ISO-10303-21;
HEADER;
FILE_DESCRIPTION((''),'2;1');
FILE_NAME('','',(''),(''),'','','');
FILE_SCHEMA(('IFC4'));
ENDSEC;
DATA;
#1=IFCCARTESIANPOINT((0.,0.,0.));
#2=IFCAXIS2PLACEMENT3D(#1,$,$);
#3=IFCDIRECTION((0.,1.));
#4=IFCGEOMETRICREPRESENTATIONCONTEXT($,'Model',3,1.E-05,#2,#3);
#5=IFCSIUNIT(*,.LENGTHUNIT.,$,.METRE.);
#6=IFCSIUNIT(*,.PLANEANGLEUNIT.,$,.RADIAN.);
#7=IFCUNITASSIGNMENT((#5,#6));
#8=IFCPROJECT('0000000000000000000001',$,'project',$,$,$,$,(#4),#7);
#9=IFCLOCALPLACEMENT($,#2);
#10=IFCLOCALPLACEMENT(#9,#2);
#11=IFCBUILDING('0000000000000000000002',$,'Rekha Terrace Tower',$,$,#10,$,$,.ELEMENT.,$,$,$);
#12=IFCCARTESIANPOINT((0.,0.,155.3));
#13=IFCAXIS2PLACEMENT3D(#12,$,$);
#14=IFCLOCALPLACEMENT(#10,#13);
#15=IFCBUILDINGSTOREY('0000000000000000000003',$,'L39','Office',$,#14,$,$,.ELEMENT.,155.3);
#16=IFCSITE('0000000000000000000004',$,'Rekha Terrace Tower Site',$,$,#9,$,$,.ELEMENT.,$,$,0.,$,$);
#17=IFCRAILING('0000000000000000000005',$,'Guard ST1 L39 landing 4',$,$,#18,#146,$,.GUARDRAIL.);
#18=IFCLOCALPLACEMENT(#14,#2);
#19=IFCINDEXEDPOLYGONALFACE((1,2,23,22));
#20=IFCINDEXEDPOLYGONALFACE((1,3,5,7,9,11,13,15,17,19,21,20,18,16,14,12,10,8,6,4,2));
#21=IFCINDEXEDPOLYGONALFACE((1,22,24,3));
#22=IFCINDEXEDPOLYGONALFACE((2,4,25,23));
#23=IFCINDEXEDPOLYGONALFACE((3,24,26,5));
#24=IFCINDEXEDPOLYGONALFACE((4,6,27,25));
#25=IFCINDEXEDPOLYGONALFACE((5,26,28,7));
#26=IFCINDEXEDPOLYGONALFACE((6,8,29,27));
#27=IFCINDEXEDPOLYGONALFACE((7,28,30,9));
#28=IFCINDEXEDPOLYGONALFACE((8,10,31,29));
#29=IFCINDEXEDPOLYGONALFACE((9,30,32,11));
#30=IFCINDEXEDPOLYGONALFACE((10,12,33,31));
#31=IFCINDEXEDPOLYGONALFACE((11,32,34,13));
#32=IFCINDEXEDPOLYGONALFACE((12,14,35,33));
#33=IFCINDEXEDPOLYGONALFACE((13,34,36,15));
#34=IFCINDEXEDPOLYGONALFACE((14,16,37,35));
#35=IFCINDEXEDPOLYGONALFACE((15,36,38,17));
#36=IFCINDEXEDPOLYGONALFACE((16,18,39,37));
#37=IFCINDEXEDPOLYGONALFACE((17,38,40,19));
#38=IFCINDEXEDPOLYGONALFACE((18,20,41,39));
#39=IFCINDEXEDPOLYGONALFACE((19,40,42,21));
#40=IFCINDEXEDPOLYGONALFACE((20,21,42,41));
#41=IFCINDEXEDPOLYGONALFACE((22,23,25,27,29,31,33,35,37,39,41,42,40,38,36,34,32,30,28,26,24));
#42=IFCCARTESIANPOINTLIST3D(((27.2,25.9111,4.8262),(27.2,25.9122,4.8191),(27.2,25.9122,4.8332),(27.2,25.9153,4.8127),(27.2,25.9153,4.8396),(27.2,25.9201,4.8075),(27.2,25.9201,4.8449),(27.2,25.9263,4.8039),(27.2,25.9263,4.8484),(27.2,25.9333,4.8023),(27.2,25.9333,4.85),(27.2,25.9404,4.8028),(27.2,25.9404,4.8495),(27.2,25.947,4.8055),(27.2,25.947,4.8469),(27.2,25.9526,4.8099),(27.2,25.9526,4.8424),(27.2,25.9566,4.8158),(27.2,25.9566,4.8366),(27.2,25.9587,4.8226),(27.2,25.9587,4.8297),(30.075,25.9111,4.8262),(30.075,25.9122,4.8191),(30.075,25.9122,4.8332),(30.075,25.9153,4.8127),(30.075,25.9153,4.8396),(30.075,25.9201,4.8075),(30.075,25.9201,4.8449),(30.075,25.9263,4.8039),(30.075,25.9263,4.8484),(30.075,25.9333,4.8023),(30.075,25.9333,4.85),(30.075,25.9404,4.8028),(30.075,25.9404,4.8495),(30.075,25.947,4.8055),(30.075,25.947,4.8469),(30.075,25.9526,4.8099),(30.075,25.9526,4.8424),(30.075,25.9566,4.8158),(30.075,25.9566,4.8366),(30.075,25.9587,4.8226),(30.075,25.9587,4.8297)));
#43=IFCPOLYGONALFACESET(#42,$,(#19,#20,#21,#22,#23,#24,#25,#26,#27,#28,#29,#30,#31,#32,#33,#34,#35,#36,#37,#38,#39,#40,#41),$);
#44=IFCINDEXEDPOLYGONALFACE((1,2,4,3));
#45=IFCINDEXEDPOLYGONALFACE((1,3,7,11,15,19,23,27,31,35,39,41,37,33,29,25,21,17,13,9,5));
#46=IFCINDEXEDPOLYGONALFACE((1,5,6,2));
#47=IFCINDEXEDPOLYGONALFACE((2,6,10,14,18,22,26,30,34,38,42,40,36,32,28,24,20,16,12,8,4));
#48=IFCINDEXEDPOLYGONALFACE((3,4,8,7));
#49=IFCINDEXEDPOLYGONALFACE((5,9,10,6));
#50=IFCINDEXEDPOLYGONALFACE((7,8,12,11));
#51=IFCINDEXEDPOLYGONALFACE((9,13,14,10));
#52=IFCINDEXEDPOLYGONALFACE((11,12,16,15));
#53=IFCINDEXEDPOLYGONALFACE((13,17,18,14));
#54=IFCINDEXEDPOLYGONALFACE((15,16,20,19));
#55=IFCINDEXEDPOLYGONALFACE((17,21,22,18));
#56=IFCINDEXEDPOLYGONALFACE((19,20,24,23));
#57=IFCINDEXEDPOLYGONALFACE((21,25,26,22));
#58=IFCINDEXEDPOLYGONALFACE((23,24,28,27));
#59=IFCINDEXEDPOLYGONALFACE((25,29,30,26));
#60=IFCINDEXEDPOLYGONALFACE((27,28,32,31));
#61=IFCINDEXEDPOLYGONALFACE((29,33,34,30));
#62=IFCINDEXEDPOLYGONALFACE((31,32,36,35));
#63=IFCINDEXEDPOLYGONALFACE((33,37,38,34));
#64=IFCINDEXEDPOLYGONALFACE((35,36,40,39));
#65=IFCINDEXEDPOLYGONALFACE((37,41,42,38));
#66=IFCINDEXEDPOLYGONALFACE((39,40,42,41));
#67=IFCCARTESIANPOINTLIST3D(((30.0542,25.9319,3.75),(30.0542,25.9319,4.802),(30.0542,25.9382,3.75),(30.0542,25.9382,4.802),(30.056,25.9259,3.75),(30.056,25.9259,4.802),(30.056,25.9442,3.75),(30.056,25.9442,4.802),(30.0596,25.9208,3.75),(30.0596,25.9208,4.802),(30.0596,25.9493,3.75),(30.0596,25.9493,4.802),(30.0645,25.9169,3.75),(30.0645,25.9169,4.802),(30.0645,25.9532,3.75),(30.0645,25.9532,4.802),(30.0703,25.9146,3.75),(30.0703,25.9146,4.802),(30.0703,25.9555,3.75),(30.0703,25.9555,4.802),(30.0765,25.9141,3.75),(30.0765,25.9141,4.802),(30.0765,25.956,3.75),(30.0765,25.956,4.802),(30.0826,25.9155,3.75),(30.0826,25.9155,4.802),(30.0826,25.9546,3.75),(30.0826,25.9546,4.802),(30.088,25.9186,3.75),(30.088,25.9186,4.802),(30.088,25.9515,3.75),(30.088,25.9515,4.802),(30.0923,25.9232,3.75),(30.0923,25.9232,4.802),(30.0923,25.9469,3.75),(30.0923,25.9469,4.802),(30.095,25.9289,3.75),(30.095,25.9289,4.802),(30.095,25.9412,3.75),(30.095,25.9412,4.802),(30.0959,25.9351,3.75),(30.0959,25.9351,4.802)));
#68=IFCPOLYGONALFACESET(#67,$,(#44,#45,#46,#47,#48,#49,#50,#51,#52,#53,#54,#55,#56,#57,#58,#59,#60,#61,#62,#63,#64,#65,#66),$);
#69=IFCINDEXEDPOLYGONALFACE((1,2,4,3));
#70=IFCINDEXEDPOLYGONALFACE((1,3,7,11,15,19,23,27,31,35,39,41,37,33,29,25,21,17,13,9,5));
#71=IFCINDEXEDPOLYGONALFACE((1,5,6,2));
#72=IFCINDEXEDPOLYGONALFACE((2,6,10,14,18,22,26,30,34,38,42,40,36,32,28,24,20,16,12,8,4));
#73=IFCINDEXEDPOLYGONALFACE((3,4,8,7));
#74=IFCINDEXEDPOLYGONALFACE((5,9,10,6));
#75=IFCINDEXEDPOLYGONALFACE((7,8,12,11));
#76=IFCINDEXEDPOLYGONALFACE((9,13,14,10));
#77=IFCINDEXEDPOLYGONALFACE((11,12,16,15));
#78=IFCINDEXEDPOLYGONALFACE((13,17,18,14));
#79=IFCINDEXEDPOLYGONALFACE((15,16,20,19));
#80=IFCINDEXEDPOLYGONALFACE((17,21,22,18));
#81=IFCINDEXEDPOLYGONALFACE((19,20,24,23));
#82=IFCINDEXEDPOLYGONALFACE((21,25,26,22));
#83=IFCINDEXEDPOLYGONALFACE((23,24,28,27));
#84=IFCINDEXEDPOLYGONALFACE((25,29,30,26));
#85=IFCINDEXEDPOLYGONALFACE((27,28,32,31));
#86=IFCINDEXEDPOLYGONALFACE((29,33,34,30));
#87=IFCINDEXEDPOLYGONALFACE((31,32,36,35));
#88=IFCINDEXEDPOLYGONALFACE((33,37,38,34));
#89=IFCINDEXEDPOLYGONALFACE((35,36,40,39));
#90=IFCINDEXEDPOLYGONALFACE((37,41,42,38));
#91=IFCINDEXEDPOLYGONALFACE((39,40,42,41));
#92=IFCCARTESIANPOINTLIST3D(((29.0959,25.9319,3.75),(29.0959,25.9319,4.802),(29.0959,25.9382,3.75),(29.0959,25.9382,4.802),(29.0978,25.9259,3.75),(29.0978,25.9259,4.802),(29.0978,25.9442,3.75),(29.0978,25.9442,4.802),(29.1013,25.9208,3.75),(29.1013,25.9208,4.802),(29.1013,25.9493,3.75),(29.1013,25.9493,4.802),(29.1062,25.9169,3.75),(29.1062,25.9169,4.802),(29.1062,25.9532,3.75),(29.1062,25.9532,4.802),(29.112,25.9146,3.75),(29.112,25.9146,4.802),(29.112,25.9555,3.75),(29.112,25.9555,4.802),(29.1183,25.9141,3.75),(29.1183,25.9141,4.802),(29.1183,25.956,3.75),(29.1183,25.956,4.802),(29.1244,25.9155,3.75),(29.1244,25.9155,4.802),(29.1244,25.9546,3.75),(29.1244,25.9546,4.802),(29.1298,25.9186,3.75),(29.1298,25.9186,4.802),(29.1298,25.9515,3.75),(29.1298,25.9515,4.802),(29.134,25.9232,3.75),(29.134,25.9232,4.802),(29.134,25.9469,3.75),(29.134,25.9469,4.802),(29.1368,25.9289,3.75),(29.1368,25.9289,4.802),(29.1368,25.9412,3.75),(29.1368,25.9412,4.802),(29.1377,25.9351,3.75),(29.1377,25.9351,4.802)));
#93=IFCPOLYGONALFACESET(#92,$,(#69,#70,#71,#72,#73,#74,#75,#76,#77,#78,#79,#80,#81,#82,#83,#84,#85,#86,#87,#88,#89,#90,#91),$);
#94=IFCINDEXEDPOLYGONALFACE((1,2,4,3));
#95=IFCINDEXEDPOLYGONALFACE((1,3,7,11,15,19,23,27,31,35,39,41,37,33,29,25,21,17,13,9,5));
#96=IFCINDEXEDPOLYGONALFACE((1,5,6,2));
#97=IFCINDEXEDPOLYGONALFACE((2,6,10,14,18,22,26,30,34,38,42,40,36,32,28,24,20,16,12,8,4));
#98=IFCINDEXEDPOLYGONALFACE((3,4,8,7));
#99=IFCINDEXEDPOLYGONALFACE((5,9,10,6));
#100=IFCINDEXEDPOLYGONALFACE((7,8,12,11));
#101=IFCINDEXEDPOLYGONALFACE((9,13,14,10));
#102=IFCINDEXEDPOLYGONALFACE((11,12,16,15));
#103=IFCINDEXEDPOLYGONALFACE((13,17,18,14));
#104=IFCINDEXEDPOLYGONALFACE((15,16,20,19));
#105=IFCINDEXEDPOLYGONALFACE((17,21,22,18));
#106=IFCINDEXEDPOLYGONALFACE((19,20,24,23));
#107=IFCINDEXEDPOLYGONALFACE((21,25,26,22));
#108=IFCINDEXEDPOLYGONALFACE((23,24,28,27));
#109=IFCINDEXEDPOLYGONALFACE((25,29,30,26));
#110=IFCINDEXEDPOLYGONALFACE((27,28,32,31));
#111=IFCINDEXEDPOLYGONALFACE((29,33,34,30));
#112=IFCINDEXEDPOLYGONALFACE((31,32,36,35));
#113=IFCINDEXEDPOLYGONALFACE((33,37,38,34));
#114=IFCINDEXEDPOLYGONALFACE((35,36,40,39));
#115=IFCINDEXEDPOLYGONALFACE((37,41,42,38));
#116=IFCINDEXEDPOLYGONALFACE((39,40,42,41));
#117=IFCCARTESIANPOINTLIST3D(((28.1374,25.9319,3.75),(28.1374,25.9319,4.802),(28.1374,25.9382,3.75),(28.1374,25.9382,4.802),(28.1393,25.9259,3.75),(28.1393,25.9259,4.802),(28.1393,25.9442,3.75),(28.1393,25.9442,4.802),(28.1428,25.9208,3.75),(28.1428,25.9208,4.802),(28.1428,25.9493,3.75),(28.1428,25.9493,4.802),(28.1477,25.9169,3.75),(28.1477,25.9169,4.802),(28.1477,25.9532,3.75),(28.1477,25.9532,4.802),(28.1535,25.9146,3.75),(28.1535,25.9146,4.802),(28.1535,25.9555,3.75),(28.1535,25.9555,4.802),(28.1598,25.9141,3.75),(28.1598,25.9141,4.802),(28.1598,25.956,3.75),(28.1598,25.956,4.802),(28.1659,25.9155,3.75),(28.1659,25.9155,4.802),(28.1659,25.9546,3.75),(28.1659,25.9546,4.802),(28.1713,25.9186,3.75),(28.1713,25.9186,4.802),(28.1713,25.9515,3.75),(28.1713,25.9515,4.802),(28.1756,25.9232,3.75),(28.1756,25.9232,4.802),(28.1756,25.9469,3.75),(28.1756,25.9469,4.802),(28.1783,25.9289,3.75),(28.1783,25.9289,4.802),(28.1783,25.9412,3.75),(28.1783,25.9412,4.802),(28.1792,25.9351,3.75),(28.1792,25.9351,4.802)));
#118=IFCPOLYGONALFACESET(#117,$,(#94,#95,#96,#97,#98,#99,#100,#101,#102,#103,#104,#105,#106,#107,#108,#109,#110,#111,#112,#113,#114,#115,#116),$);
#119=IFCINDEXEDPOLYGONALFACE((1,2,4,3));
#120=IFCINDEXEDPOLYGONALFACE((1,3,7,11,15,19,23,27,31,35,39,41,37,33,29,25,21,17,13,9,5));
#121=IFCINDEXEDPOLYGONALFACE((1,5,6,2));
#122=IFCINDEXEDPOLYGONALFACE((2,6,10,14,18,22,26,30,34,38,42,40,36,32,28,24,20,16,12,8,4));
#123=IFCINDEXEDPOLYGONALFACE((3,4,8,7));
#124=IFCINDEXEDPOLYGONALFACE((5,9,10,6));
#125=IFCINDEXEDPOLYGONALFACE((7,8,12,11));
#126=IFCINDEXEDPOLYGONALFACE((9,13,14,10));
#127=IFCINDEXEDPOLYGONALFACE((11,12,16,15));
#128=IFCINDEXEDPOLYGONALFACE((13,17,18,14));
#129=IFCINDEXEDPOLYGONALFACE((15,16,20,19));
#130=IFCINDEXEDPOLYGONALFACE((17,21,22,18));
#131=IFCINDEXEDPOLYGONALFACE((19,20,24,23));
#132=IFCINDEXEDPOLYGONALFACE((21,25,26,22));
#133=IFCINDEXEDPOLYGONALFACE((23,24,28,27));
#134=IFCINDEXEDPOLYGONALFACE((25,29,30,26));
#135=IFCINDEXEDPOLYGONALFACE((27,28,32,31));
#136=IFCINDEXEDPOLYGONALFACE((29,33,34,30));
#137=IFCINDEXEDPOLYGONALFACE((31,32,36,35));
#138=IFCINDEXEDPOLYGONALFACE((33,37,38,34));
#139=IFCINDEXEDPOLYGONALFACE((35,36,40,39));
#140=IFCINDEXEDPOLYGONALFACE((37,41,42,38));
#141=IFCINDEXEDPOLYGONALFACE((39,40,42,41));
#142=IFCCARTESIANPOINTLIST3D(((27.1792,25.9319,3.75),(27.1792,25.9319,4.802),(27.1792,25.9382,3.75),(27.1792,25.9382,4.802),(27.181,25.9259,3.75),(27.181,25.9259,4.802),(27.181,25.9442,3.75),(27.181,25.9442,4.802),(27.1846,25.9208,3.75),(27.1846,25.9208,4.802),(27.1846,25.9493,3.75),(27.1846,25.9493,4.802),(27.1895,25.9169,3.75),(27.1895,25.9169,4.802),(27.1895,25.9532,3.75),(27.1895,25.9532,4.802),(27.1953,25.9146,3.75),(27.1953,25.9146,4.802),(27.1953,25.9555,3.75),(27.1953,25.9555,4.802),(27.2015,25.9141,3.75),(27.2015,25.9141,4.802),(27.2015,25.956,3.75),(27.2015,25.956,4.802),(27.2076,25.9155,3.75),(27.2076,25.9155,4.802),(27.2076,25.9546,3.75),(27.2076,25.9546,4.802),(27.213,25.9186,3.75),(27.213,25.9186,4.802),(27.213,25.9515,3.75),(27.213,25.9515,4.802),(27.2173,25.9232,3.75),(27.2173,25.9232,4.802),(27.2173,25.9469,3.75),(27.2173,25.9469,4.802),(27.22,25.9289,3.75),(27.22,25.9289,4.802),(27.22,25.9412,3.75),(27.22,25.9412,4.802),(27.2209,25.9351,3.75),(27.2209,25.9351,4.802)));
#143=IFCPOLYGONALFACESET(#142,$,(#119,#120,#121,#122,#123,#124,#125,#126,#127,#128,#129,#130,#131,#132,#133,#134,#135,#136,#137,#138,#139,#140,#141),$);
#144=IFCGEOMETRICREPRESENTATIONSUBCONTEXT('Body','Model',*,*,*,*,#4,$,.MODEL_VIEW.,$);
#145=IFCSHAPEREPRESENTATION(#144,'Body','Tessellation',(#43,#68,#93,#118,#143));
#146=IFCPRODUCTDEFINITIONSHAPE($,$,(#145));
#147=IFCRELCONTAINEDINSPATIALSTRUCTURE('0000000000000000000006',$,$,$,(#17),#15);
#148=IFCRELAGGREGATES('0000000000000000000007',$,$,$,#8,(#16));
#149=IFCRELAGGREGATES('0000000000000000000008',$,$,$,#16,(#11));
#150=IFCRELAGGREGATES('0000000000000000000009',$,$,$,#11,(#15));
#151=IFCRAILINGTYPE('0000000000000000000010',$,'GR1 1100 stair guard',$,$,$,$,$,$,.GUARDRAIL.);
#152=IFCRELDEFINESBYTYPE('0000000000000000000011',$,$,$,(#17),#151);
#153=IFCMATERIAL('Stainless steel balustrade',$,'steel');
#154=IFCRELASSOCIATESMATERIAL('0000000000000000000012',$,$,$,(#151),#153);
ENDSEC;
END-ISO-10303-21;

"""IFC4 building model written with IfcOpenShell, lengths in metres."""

from ifc_helpers import new_model, si_unit, direction, frame, origin, origin_2d, place, context, subcontext, project, spatial, circle, extrude, material, type_object, element, save


model = new_model("IFC4")

# Units and contexts
model_context = context("Model", 3, precision=1e-05, world=origin(), true_north=direction((0.0, 1.0)))
body_context = subcontext(model_context, "Body", "Model", "MODEL_VIEW")
ifc_project = project(units=[si_unit("LENGTHUNIT", "METRE"), si_unit("PLANEANGLEUNIT", "RADIAN")], contexts=[model_context])

# Site, building, storey
site_placement = place(None, origin())
site = spatial("IfcSite", under=ifc_project, at=site_placement, Name="Rekha Terrace Tower Site", CompositionType="ELEMENT", RefElevation=0.0)
building_placement = place(site_placement, origin())
building = spatial("IfcBuilding", under=site, at=building_placement, Name="Rekha Terrace Tower", CompositionType="ELEMENT")
storey_placement = place(building_placement, frame((0.0, 0.0, 155.3)))
storey = spatial("IfcBuildingStorey", under=building, at=storey_placement, Name="L39", Description="Office", CompositionType="ELEMENT", Elevation=155.3)

# Railing
ifc_material_1 = material(Name="Stainless steel balustrade", Category="steel")
railing_type_1 = type_object("IfcRailingType", Name="GR1 1100 stair guard", PredefinedType="GUARDRAIL", material=ifc_material_1)
railing_1_placement = place(storey_placement, frame((30.075, 25.9351, 3.75)))
element("IfcRailing", 1, at=railing_1_placement, inside=storey, type_object=railing_type_1, Name="Guard ST1 L39 landing 4", PredefinedType="GUARDRAIL", context=body_context, shape_type="SweptSolid", body=[
    extrude(circle(Radius=0.0239, at=origin_2d()), frame((0.0, 0.0, 1.0762), z_axis=(-1.0, 0.0, 0.0), x_axis=(0.0, -1.0, 0.0)), (0.0, 0.0, 1.0), 2.875),
    extrude(circle(Radius=0.021, at=origin_2d()), origin(), (0.0, 0.0, 1.0), 1.052),
    extrude(circle(Radius=0.021, at=origin_2d()), frame((-0.9583, 0.0, 0.0)), (0.0, 0.0, 1.0), 1.052),
    extrude(circle(Radius=0.021, at=origin_2d()), frame((-1.9167, 0.0, 0.0)), (0.0, 0.0, 1.0), 1.052),
    extrude(circle(Radius=0.021, at=origin_2d()), frame((-2.875, 0.0, 0.0)), (0.0, 0.0, 1.0), 1.052),
])

save(model, "model.ifc")
